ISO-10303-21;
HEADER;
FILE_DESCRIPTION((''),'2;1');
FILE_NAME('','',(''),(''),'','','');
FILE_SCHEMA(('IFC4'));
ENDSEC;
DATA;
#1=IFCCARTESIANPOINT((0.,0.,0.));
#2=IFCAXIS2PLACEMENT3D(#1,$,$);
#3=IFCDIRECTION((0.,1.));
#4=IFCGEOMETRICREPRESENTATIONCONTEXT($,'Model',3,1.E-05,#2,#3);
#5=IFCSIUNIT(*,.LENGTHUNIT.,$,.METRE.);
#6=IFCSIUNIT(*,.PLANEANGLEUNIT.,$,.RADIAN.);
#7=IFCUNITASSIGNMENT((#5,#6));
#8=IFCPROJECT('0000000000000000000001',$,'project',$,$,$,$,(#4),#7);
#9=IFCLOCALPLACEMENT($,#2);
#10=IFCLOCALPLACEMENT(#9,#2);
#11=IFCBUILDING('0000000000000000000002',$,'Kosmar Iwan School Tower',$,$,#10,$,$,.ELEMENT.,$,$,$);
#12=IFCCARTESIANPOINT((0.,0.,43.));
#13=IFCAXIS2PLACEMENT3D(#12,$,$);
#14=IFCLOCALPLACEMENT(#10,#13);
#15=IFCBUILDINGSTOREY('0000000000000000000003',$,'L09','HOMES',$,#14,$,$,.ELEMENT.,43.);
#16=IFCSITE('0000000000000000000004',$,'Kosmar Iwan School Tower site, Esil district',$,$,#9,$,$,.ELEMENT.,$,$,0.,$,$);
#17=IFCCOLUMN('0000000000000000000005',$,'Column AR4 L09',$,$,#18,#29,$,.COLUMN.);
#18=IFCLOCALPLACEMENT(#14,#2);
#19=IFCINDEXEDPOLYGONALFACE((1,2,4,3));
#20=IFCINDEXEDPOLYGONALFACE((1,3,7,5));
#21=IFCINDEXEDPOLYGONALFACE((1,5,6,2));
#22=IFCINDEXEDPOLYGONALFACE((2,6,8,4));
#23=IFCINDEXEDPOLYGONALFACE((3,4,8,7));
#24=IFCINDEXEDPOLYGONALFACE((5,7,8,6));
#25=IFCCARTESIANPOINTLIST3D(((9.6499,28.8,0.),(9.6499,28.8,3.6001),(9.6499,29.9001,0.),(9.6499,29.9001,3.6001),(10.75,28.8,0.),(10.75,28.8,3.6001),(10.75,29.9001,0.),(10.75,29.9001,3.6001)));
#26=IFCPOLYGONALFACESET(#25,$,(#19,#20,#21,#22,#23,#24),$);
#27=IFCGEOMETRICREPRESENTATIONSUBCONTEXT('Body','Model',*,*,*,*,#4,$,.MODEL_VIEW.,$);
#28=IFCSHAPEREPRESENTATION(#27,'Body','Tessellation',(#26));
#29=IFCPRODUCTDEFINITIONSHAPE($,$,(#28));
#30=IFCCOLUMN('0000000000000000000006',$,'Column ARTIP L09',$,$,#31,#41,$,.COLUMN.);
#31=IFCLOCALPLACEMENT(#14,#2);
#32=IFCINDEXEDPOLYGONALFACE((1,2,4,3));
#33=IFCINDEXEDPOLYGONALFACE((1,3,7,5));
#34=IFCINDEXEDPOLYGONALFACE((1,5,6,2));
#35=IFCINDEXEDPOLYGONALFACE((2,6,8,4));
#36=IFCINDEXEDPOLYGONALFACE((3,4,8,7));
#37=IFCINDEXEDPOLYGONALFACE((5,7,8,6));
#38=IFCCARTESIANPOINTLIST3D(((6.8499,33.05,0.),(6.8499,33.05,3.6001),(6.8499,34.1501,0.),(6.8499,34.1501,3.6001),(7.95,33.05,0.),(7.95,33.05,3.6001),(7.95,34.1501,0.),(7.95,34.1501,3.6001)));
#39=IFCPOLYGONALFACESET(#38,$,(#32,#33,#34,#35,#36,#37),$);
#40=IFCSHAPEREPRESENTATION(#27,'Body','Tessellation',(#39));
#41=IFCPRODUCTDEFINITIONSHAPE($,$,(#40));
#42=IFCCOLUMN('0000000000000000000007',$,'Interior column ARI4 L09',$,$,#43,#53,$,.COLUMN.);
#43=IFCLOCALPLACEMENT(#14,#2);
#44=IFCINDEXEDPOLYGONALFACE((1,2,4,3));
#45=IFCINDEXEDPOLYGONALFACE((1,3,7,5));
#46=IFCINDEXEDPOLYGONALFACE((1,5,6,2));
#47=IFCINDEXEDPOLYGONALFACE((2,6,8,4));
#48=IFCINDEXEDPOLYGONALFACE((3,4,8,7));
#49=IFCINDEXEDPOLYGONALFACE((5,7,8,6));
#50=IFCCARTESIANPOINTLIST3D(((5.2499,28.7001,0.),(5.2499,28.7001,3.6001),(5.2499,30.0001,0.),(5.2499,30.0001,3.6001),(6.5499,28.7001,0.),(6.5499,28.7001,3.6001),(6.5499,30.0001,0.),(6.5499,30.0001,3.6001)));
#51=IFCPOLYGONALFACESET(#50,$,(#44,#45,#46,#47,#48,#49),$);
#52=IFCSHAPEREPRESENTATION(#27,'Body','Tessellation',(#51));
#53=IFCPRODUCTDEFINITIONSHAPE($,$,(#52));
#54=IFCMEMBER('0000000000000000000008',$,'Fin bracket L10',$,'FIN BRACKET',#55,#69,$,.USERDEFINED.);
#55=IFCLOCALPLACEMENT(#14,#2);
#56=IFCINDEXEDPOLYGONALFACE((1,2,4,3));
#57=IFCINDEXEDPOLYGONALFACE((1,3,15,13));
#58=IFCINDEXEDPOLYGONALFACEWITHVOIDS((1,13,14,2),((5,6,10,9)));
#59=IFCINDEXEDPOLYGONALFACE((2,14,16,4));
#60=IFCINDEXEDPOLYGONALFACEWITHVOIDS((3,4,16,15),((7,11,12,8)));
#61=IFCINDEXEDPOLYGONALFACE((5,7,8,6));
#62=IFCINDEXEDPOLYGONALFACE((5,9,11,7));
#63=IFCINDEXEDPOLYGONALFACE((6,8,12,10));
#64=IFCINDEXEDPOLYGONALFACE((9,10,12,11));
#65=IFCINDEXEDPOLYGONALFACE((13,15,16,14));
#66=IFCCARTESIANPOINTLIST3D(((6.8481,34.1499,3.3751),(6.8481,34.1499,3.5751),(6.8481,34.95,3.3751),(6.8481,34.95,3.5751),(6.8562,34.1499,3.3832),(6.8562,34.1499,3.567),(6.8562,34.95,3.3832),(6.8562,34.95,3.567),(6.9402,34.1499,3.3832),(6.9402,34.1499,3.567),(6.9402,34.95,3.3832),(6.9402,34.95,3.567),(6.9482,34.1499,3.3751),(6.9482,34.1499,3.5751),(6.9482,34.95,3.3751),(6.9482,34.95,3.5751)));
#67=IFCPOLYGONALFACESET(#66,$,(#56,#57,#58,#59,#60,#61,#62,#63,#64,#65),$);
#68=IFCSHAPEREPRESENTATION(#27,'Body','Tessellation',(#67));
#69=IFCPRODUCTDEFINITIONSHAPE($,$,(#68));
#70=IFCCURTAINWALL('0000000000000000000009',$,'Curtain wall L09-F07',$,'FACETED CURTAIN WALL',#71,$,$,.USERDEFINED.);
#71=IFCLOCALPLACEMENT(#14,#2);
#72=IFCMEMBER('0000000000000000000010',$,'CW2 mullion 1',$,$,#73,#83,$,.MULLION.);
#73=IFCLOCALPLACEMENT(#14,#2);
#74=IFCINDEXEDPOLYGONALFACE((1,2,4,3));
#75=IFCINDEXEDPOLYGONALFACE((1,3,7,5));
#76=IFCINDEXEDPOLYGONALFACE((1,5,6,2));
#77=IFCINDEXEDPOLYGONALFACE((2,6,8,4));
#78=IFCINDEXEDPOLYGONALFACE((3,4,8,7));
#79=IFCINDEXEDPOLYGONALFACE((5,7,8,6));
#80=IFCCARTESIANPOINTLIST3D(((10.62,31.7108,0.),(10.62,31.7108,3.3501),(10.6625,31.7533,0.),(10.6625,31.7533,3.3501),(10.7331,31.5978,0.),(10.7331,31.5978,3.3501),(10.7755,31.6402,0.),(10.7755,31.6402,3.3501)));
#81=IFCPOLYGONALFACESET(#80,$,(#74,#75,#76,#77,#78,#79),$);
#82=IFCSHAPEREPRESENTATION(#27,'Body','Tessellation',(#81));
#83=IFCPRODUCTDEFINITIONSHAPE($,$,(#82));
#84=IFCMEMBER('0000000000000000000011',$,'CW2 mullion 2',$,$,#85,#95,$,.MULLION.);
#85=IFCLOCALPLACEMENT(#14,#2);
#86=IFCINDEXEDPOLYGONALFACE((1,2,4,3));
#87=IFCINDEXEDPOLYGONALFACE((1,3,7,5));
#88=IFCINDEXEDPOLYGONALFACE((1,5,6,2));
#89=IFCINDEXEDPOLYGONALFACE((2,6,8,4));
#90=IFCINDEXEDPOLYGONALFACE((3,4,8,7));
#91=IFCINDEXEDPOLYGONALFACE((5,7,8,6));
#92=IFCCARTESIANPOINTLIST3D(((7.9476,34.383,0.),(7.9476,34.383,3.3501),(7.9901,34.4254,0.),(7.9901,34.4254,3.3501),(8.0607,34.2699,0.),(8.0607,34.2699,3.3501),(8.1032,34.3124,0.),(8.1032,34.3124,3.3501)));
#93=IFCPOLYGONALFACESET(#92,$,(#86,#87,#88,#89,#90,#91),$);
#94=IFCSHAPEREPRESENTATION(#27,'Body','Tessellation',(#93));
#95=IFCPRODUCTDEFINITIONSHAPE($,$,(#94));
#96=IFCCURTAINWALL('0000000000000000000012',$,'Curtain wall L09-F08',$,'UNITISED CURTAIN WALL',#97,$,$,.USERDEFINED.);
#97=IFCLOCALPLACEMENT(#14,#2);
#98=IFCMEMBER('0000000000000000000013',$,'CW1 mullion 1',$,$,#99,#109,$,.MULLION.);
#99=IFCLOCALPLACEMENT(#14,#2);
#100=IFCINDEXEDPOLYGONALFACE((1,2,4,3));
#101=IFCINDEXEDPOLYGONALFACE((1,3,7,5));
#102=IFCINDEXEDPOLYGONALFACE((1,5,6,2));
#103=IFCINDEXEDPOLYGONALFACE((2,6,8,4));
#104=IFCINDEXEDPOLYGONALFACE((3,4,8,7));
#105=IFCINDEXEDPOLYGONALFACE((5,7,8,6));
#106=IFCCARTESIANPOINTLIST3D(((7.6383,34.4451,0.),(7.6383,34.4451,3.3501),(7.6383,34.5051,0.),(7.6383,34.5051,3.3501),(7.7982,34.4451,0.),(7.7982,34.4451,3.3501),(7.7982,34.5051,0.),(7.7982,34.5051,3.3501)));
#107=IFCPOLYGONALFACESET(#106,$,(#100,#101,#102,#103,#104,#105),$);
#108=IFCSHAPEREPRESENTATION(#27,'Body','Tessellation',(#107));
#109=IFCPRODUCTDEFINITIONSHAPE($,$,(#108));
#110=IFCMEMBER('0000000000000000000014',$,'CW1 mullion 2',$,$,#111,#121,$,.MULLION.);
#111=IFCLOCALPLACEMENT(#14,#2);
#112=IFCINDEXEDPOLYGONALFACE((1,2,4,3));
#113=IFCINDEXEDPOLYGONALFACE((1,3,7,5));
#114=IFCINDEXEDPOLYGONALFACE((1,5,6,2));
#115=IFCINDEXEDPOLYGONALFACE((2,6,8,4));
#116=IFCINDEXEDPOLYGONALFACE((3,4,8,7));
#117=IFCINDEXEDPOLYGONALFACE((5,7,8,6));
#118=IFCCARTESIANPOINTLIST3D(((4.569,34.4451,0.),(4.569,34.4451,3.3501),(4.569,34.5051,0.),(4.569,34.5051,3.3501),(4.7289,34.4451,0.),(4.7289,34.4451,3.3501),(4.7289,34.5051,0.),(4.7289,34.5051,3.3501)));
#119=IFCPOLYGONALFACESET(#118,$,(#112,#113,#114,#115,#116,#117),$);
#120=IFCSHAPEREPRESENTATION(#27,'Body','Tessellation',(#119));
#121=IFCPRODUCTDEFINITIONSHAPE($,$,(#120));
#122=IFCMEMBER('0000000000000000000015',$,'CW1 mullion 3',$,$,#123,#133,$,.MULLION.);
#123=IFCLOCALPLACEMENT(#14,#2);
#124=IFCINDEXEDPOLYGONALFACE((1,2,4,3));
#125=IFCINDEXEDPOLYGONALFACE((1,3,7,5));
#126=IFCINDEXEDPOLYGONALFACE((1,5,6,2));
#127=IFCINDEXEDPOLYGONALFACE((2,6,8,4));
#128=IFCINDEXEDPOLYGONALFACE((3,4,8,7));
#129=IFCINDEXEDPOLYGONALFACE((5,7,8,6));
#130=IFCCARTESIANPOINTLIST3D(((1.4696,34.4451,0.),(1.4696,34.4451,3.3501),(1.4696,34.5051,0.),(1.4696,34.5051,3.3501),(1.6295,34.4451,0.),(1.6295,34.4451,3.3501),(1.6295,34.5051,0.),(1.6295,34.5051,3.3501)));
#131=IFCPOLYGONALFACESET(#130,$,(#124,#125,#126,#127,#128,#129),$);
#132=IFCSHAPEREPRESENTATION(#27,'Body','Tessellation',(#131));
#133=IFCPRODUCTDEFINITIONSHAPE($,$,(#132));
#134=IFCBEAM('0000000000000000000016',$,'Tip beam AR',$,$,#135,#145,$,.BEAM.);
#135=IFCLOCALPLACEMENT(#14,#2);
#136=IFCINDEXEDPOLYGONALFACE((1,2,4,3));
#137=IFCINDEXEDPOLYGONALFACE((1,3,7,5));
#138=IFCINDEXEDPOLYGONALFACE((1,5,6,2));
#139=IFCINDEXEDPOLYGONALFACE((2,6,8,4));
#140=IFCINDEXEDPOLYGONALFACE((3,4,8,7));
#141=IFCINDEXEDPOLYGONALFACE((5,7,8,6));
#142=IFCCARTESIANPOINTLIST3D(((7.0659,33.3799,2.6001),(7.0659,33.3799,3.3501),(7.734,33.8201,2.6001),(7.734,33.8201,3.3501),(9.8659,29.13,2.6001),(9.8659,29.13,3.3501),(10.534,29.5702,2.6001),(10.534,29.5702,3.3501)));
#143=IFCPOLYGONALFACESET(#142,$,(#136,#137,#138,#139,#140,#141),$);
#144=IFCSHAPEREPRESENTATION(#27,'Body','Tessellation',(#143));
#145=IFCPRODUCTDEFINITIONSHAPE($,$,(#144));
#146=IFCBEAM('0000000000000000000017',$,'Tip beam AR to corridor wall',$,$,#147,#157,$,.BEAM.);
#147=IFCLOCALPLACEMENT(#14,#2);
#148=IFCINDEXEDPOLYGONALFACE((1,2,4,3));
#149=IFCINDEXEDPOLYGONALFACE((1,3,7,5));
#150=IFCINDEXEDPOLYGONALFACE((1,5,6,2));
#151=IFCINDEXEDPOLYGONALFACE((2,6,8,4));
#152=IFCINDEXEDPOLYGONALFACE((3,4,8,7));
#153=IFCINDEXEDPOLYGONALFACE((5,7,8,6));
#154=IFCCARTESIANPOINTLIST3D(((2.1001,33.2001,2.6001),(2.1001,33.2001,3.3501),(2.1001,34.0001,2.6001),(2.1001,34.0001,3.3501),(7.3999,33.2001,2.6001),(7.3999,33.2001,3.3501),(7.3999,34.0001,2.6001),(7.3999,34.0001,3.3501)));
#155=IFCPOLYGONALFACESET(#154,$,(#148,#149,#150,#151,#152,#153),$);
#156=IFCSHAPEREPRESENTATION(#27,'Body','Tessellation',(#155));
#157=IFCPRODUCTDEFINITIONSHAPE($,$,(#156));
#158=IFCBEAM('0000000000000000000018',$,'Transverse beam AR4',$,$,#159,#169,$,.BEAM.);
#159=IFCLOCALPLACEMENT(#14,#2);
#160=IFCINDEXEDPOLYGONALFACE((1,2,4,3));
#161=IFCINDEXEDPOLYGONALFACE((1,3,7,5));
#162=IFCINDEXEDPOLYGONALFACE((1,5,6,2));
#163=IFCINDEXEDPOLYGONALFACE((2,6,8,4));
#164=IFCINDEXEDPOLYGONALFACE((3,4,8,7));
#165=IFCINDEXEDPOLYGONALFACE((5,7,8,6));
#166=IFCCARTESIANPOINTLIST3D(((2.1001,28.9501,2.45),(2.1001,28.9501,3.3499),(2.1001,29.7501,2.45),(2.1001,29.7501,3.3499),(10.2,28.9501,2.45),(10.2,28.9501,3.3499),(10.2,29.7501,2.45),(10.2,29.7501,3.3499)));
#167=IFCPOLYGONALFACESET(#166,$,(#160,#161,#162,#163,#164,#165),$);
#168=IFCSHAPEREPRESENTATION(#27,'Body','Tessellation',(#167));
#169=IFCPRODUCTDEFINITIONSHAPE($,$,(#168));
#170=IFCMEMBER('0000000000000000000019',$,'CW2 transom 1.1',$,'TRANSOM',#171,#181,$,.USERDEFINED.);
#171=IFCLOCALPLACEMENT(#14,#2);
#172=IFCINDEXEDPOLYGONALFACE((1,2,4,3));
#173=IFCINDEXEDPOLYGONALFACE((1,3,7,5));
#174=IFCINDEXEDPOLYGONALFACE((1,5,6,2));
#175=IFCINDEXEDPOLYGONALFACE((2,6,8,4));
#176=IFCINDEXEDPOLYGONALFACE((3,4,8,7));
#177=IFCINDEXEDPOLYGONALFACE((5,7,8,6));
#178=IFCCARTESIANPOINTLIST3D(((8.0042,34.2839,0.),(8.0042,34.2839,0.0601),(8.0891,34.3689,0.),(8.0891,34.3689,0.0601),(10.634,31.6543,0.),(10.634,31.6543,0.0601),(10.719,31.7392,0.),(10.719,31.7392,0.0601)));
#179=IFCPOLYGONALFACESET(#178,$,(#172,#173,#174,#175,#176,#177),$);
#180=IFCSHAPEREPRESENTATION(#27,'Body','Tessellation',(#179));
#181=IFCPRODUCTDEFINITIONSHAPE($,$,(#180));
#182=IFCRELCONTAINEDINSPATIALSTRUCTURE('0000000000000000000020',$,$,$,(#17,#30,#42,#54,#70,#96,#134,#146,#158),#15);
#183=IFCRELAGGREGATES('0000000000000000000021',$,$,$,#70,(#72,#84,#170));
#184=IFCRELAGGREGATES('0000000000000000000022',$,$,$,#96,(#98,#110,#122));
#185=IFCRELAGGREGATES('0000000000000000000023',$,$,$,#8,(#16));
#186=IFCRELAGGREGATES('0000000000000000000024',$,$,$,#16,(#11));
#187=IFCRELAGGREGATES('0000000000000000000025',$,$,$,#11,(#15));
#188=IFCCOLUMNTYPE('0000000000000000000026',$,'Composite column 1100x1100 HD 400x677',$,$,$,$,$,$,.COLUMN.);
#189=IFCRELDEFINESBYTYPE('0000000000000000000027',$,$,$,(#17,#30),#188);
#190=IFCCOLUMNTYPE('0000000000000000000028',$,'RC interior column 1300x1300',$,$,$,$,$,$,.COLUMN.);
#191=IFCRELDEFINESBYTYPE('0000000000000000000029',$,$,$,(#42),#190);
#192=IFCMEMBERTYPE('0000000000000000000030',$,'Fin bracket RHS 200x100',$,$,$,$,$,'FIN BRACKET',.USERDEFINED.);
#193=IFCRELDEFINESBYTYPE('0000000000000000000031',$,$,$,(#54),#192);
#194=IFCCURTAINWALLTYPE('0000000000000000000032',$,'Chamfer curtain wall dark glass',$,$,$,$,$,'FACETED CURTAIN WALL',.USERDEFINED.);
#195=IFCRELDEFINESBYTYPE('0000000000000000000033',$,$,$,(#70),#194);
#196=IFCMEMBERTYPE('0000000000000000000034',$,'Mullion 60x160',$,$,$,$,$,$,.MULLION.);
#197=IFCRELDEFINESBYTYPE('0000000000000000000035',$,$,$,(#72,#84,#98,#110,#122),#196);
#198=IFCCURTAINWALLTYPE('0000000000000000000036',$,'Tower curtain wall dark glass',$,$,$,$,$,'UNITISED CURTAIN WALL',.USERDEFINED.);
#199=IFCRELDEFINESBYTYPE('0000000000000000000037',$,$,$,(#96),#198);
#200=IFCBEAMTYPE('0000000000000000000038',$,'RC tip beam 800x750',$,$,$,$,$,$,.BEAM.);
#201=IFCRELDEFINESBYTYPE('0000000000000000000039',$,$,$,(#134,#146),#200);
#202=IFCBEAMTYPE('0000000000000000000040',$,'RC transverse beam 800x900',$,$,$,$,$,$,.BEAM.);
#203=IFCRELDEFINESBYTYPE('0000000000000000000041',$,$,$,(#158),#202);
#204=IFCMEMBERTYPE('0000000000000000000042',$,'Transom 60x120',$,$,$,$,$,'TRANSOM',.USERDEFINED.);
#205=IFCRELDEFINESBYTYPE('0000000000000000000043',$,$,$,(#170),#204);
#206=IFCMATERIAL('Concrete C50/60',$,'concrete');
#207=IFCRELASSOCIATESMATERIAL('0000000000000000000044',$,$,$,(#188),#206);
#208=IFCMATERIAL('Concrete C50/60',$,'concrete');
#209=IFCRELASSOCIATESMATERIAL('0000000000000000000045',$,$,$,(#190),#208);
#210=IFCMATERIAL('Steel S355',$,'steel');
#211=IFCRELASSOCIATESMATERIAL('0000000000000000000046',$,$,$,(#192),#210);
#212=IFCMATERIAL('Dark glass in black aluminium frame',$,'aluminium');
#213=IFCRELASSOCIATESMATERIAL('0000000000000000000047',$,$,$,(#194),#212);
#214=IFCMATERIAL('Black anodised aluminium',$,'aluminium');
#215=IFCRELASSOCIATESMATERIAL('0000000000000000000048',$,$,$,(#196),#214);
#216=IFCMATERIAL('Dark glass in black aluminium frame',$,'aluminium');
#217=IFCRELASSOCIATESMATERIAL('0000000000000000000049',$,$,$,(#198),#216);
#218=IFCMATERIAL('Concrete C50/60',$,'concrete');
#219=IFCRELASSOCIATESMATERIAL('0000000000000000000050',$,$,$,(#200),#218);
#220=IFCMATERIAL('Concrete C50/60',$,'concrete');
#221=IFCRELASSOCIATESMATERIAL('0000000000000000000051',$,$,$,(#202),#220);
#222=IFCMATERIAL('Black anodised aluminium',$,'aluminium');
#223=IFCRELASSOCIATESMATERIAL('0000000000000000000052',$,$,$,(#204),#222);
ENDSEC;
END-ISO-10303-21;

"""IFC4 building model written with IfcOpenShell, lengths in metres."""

from ifc_helpers import new_model, si_unit, direction, frame, origin, origin_2d, place, context, subcontext, project, spatial, rectangle, hollow_rectangle, extrude, material, material_profile, profile_set, type_object, element, aggregate, save


model = new_model("IFC4")

# Units and contexts
model_context = context("Model", 3, precision=1e-05, world=origin(), true_north=direction((0.0, 1.0)))
body_context = subcontext(model_context, "Body", "Model", "MODEL_VIEW")
ifc_project = project(units=[si_unit("LENGTHUNIT", "METRE"), si_unit("PLANEANGLEUNIT", "RADIAN")], contexts=[model_context])

# Site, building, storey
site_placement = place(None, origin())
site = spatial("IfcSite", under=ifc_project, at=site_placement, Name="Kosmar Iwan School Tower site, Esil district", CompositionType="ELEMENT", RefElevation=0.0)
building_placement = place(site_placement, origin())
building = spatial("IfcBuilding", under=site, at=building_placement, Name="Kosmar Iwan School Tower", CompositionType="ELEMENT")
storey_placement = place(building_placement, frame((0.0, 0.0, 43.0)))
storey = spatial("IfcBuildingStorey", under=building, at=storey_placement, Name="L09", Description="HOMES", CompositionType="ELEMENT", Elevation=43.0)

# Columns
ifc_material_1 = material(Name="Concrete C50/60", Category="concrete")
ifc_material_profile_1 = material_profile(ifc_material_1, rectangle(XDim=1.1001, YDim=1.1001, at=origin_2d()), Name="RC 1100x1100 + HD 400x677")
ifc_profile_set_1 = profile_set([ifc_material_profile_1], Name="Concrete C50/60")
column_type_1 = type_object("IfcColumnType", Name="Composite column 1100x1100 HD 400x677", PredefinedType="COLUMN", material=ifc_profile_set_1)
for number, where, z_axis, x_axis, name in (
    (1, (10.2, 29.3501, 0.0), (0.0, 0.0, 1.0), (0.0, 1.0, 0.0), "Column AR4 L09"),
    (2, (7.3999, 33.6001, 0.0), (0.0, 0.0, 1.0), (0.0, 1.0, 0.0), "Column ARTIP L09"),
):
    element("IfcColumn", number, at=place(storey_placement, frame(where, z_axis=z_axis, x_axis=x_axis)), inside=storey, type_object=column_type_1, Name=name, PredefinedType="COLUMN", context=body_context, shape_type="SweptSolid", body=[
        extrude(rectangle(XDim=1.1001, YDim=1.1001, at=origin_2d()), origin(), (0.0, 0.0, 1.0), 3.6001),
    ])
ifc_material_2 = material(Name="Concrete C50/60", Category="concrete")
ifc_material_profile_2 = material_profile(ifc_material_2, rectangle(XDim=1.3, YDim=1.3, at=origin_2d()), Name="RC 1300x1300")
ifc_profile_set_2 = profile_set([ifc_material_profile_2], Name="Concrete C50/60")
column_type_2 = type_object("IfcColumnType", Name="RC interior column 1300x1300", PredefinedType="COLUMN", material=ifc_profile_set_2)
column_placement = place(storey_placement, frame((5.8999, 29.3501, 0.0), z_axis=(0.0, 0.0, 1.0), x_axis=(0.0, 1.0, 0.0)))
element("IfcColumn", 3, at=column_placement, inside=storey, type_object=column_type_2, Name="Interior column ARI4 L09", PredefinedType="COLUMN", context=body_context, shape_type="SweptSolid", body=[
    extrude(rectangle(XDim=1.3, YDim=1.3, at=origin_2d()), origin(), (0.0, 0.0, 1.0), 3.6001),
])

# Member
ifc_material_3 = material(Name="Steel S355", Category="steel")
ifc_material_profile_3 = material_profile(ifc_material_3, hollow_rectangle(XDim=0.1001, YDim=0.2, WallThickness=0.0081, at=origin_2d()), Name="RHS 200x100x8")
ifc_profile_set_3 = profile_set([ifc_material_profile_3], Name="Steel S355")
member_type_1 = type_object("IfcMemberType", Name="Fin bracket RHS 200x100", ElementType="FIN BRACKET", PredefinedType="USERDEFINED", material=ifc_profile_set_3)
member_1_placement = place(storey_placement, frame((6.8982, 34.1499, 3.4751), z_axis=(0.0, 1.0, 0.0), x_axis=(-1.0, 0.0, 0.0)))
element("IfcMember", 4, at=member_1_placement, inside=storey, type_object=member_type_1, Name="Fin bracket L10", ObjectType="FIN BRACKET", PredefinedType="USERDEFINED", context=body_context, shape_type="SweptSolid", body=[
    extrude(hollow_rectangle(XDim=0.1001, YDim=0.2, WallThickness=0.0081, at=origin_2d()), origin(), (0.0, 0.0, 1.0), 0.8),
])

# Curtain walls, members
ifc_material_4 = material(Name="Dark glass in black aluminium frame", Category="aluminium")
curtain_wall_type_1 = type_object("IfcCurtainWallType", Name="Chamfer curtain wall dark glass", ElementType="FACETED CURTAIN WALL", PredefinedType="USERDEFINED", material=ifc_material_4)
curtain_wall_1_placement = place(storey_placement, origin())
curtain_wall_1 = element("IfcCurtainWall", 5, at=curtain_wall_1_placement, inside=storey, type_object=curtain_wall_type_1, Name="Curtain wall L09-F07", ObjectType="FACETED CURTAIN WALL", PredefinedType="USERDEFINED")
ifc_material_5 = material(Name="Black anodised aluminium", Category="aluminium")
ifc_material_profile_4 = material_profile(ifc_material_5, rectangle(XDim=0.0601, YDim=0.1599, at=origin_2d()), Name="MULLION 60x160")
ifc_profile_set_4 = profile_set([ifc_material_profile_4], Name="Black anodised aluminium")
member_type_2 = type_object("IfcMemberType", Name="Mullion 60x160", PredefinedType="MULLION", material=ifc_profile_set_4)
member_2_placement = place(storey_placement, frame((10.6978, 31.6755, 0.0), z_axis=(0.0, 0.0, 1.0), x_axis=(-0.707107, -0.707107, 0.0)))
member_2 = element("IfcMember", 6, at=member_2_placement, type_object=member_type_2, Name="CW2 mullion 1", PredefinedType="MULLION", context=body_context, shape_type="SweptSolid", body=[
    extrude(rectangle(XDim=0.0601, YDim=0.1599, at=origin_2d()), origin(), (0.0, 0.0, 1.0), 3.3501),
])
member_3_placement = place(storey_placement, frame((8.0254, 34.3477, 0.0), z_axis=(0.0, 0.0, 1.0), x_axis=(-0.707107, -0.707107, 0.0)))
member_3 = element("IfcMember", 7, at=member_3_placement, type_object=member_type_2, Name="CW2 mullion 2", PredefinedType="MULLION", context=body_context, shape_type="SweptSolid", body=[
    extrude(rectangle(XDim=0.0601, YDim=0.1599, at=origin_2d()), origin(), (0.0, 0.0, 1.0), 3.3501),
])
ifc_material_6 = material(Name="Dark glass in black aluminium frame", Category="aluminium")
curtain_wall_type_2 = type_object("IfcCurtainWallType", Name="Tower curtain wall dark glass", ElementType="UNITISED CURTAIN WALL", PredefinedType="USERDEFINED", material=ifc_material_6)
curtain_wall_2_placement = place(storey_placement, origin())
curtain_wall_2 = element("IfcCurtainWall", 8, at=curtain_wall_2_placement, inside=storey, type_object=curtain_wall_type_2, Name="Curtain wall L09-F08", ObjectType="UNITISED CURTAIN WALL", PredefinedType="USERDEFINED")
member_4_placement = place(storey_placement, frame((7.7183, 34.4751, 0.0), z_axis=(0.0, 0.0, 1.0), x_axis=(0.0, -1.0, 0.0)))
member_4 = element("IfcMember", 9, at=member_4_placement, type_object=member_type_2, Name="CW1 mullion 1", PredefinedType="MULLION", context=body_context, shape_type="SweptSolid", body=[
    extrude(rectangle(XDim=0.0601, YDim=0.1599, at=origin_2d()), origin(), (0.0, 0.0, 1.0), 3.3501),
])
member_5_placement = place(storey_placement, frame((4.6489, 34.4751, 0.0), z_axis=(0.0, 0.0, 1.0), x_axis=(0.0, -1.0, 0.0)))
member_5 = element("IfcMember", 10, at=member_5_placement, type_object=member_type_2, Name="CW1 mullion 2", PredefinedType="MULLION", context=body_context, shape_type="SweptSolid", body=[
    extrude(rectangle(XDim=0.0601, YDim=0.1599, at=origin_2d()), origin(), (0.0, 0.0, 1.0), 3.3501),
])
member_6_placement = place(storey_placement, frame((1.5496, 34.4751, 0.0), z_axis=(0.0, 0.0, 1.0), x_axis=(0.0, -1.0, 0.0)))
member_6 = element("IfcMember", 11, at=member_6_placement, type_object=member_type_2, Name="CW1 mullion 3", PredefinedType="MULLION", context=body_context, shape_type="SweptSolid", body=[
    extrude(rectangle(XDim=0.0601, YDim=0.1599, at=origin_2d()), origin(), (0.0, 0.0, 1.0), 3.3501),
])

# Beams
ifc_material_7 = material(Name="Concrete C50/60", Category="concrete")
ifc_material_profile_5 = material_profile(ifc_material_7, rectangle(XDim=0.8, YDim=0.75, at=origin_2d()), Name="RC 800x750")
ifc_profile_set_5 = profile_set([ifc_material_profile_5], Name="Concrete C50/60")
beam_type_1 = type_object("IfcBeamType", Name="RC tip beam 800x750", PredefinedType="BEAM", material=ifc_profile_set_5)
beam_1_placement = place(storey_placement, frame((10.2, 29.3501, 2.9751), z_axis=(-0.550164, 0.835056, 0.0), x_axis=(-0.835056, -0.550164, 0.0)))
element("IfcBeam", 12, at=beam_1_placement, inside=storey, type_object=beam_type_1, Name="Tip beam AR", PredefinedType="BEAM", context=body_context, shape_type="SweptSolid", body=[
    extrude(rectangle(XDim=0.8, YDim=0.75, at=origin_2d()), origin(), (0.0, 0.0, 1.0), 5.0894),
])
beam_2_placement = place(storey_placement, frame((7.3999, 33.6001, 2.9751), z_axis=(-1.0, 0.0, 0.0), x_axis=(0.0, -1.0, 0.0)))
element("IfcBeam", 13, at=beam_2_placement, inside=storey, type_object=beam_type_1, Name="Tip beam AR to corridor wall", PredefinedType="BEAM", context=body_context, shape_type="SweptSolid", body=[
    extrude(rectangle(XDim=0.8, YDim=0.75, at=origin_2d()), origin(), (0.0, 0.0, 1.0), 5.2998),
])
ifc_material_8 = material(Name="Concrete C50/60", Category="concrete")
ifc_material_profile_6 = material_profile(ifc_material_8, rectangle(XDim=0.8, YDim=0.8999, at=origin_2d()), Name="RC 800x900")
ifc_profile_set_6 = profile_set([ifc_material_profile_6], Name="Concrete C50/60")
beam_type_2 = type_object("IfcBeamType", Name="RC transverse beam 800x900", PredefinedType="BEAM", material=ifc_profile_set_6)
beam_3_placement = place(storey_placement, frame((10.2, 29.3501, 2.8999), z_axis=(-1.0, 0.0, 0.0), x_axis=(0.0, -1.0, 0.0)))
element("IfcBeam", 14, at=beam_3_placement, inside=storey, type_object=beam_type_2, Name="Transverse beam AR4", PredefinedType="BEAM", context=body_context, shape_type="SweptSolid", body=[
    extrude(rectangle(XDim=0.8, YDim=0.8999, at=origin_2d()), origin(), (0.0, 0.0, 1.0), 8.0999),
])

# Member
ifc_material_9 = material(Name="Black anodised aluminium", Category="aluminium")
ifc_material_profile_7 = material_profile(ifc_material_9, rectangle(XDim=0.1201, YDim=0.0601, at=origin_2d()), Name="TRANSOM 60x120")
ifc_profile_set_7 = profile_set([ifc_material_profile_7], Name="Black anodised aluminium")
member_type_3 = type_object("IfcMemberType", Name="Transom 60x120", ElementType="TRANSOM", PredefinedType="USERDEFINED", material=ifc_profile_set_7)
member_7_placement = place(storey_placement, frame((10.6765, 31.6968, 0.03), z_axis=(-0.70714, 0.707074, 0.0), x_axis=(-0.707074, -0.70714, 0.0)))
member_7 = element("IfcMember", 15, at=member_7_placement, type_object=member_type_3, Name="CW2 transom 1.1", ObjectType="TRANSOM", PredefinedType="USERDEFINED", context=body_context, shape_type="SweptSolid", body=[
    extrude(rectangle(XDim=0.1201, YDim=0.0601, at=origin_2d()), origin(), (0.0, 0.0, 1.0), 3.719),
])

aggregate(curtain_wall_1, [member_2, member_3, member_7])
aggregate(curtain_wall_2, [member_4, member_5, member_6])

save(model, "model.ifc")
